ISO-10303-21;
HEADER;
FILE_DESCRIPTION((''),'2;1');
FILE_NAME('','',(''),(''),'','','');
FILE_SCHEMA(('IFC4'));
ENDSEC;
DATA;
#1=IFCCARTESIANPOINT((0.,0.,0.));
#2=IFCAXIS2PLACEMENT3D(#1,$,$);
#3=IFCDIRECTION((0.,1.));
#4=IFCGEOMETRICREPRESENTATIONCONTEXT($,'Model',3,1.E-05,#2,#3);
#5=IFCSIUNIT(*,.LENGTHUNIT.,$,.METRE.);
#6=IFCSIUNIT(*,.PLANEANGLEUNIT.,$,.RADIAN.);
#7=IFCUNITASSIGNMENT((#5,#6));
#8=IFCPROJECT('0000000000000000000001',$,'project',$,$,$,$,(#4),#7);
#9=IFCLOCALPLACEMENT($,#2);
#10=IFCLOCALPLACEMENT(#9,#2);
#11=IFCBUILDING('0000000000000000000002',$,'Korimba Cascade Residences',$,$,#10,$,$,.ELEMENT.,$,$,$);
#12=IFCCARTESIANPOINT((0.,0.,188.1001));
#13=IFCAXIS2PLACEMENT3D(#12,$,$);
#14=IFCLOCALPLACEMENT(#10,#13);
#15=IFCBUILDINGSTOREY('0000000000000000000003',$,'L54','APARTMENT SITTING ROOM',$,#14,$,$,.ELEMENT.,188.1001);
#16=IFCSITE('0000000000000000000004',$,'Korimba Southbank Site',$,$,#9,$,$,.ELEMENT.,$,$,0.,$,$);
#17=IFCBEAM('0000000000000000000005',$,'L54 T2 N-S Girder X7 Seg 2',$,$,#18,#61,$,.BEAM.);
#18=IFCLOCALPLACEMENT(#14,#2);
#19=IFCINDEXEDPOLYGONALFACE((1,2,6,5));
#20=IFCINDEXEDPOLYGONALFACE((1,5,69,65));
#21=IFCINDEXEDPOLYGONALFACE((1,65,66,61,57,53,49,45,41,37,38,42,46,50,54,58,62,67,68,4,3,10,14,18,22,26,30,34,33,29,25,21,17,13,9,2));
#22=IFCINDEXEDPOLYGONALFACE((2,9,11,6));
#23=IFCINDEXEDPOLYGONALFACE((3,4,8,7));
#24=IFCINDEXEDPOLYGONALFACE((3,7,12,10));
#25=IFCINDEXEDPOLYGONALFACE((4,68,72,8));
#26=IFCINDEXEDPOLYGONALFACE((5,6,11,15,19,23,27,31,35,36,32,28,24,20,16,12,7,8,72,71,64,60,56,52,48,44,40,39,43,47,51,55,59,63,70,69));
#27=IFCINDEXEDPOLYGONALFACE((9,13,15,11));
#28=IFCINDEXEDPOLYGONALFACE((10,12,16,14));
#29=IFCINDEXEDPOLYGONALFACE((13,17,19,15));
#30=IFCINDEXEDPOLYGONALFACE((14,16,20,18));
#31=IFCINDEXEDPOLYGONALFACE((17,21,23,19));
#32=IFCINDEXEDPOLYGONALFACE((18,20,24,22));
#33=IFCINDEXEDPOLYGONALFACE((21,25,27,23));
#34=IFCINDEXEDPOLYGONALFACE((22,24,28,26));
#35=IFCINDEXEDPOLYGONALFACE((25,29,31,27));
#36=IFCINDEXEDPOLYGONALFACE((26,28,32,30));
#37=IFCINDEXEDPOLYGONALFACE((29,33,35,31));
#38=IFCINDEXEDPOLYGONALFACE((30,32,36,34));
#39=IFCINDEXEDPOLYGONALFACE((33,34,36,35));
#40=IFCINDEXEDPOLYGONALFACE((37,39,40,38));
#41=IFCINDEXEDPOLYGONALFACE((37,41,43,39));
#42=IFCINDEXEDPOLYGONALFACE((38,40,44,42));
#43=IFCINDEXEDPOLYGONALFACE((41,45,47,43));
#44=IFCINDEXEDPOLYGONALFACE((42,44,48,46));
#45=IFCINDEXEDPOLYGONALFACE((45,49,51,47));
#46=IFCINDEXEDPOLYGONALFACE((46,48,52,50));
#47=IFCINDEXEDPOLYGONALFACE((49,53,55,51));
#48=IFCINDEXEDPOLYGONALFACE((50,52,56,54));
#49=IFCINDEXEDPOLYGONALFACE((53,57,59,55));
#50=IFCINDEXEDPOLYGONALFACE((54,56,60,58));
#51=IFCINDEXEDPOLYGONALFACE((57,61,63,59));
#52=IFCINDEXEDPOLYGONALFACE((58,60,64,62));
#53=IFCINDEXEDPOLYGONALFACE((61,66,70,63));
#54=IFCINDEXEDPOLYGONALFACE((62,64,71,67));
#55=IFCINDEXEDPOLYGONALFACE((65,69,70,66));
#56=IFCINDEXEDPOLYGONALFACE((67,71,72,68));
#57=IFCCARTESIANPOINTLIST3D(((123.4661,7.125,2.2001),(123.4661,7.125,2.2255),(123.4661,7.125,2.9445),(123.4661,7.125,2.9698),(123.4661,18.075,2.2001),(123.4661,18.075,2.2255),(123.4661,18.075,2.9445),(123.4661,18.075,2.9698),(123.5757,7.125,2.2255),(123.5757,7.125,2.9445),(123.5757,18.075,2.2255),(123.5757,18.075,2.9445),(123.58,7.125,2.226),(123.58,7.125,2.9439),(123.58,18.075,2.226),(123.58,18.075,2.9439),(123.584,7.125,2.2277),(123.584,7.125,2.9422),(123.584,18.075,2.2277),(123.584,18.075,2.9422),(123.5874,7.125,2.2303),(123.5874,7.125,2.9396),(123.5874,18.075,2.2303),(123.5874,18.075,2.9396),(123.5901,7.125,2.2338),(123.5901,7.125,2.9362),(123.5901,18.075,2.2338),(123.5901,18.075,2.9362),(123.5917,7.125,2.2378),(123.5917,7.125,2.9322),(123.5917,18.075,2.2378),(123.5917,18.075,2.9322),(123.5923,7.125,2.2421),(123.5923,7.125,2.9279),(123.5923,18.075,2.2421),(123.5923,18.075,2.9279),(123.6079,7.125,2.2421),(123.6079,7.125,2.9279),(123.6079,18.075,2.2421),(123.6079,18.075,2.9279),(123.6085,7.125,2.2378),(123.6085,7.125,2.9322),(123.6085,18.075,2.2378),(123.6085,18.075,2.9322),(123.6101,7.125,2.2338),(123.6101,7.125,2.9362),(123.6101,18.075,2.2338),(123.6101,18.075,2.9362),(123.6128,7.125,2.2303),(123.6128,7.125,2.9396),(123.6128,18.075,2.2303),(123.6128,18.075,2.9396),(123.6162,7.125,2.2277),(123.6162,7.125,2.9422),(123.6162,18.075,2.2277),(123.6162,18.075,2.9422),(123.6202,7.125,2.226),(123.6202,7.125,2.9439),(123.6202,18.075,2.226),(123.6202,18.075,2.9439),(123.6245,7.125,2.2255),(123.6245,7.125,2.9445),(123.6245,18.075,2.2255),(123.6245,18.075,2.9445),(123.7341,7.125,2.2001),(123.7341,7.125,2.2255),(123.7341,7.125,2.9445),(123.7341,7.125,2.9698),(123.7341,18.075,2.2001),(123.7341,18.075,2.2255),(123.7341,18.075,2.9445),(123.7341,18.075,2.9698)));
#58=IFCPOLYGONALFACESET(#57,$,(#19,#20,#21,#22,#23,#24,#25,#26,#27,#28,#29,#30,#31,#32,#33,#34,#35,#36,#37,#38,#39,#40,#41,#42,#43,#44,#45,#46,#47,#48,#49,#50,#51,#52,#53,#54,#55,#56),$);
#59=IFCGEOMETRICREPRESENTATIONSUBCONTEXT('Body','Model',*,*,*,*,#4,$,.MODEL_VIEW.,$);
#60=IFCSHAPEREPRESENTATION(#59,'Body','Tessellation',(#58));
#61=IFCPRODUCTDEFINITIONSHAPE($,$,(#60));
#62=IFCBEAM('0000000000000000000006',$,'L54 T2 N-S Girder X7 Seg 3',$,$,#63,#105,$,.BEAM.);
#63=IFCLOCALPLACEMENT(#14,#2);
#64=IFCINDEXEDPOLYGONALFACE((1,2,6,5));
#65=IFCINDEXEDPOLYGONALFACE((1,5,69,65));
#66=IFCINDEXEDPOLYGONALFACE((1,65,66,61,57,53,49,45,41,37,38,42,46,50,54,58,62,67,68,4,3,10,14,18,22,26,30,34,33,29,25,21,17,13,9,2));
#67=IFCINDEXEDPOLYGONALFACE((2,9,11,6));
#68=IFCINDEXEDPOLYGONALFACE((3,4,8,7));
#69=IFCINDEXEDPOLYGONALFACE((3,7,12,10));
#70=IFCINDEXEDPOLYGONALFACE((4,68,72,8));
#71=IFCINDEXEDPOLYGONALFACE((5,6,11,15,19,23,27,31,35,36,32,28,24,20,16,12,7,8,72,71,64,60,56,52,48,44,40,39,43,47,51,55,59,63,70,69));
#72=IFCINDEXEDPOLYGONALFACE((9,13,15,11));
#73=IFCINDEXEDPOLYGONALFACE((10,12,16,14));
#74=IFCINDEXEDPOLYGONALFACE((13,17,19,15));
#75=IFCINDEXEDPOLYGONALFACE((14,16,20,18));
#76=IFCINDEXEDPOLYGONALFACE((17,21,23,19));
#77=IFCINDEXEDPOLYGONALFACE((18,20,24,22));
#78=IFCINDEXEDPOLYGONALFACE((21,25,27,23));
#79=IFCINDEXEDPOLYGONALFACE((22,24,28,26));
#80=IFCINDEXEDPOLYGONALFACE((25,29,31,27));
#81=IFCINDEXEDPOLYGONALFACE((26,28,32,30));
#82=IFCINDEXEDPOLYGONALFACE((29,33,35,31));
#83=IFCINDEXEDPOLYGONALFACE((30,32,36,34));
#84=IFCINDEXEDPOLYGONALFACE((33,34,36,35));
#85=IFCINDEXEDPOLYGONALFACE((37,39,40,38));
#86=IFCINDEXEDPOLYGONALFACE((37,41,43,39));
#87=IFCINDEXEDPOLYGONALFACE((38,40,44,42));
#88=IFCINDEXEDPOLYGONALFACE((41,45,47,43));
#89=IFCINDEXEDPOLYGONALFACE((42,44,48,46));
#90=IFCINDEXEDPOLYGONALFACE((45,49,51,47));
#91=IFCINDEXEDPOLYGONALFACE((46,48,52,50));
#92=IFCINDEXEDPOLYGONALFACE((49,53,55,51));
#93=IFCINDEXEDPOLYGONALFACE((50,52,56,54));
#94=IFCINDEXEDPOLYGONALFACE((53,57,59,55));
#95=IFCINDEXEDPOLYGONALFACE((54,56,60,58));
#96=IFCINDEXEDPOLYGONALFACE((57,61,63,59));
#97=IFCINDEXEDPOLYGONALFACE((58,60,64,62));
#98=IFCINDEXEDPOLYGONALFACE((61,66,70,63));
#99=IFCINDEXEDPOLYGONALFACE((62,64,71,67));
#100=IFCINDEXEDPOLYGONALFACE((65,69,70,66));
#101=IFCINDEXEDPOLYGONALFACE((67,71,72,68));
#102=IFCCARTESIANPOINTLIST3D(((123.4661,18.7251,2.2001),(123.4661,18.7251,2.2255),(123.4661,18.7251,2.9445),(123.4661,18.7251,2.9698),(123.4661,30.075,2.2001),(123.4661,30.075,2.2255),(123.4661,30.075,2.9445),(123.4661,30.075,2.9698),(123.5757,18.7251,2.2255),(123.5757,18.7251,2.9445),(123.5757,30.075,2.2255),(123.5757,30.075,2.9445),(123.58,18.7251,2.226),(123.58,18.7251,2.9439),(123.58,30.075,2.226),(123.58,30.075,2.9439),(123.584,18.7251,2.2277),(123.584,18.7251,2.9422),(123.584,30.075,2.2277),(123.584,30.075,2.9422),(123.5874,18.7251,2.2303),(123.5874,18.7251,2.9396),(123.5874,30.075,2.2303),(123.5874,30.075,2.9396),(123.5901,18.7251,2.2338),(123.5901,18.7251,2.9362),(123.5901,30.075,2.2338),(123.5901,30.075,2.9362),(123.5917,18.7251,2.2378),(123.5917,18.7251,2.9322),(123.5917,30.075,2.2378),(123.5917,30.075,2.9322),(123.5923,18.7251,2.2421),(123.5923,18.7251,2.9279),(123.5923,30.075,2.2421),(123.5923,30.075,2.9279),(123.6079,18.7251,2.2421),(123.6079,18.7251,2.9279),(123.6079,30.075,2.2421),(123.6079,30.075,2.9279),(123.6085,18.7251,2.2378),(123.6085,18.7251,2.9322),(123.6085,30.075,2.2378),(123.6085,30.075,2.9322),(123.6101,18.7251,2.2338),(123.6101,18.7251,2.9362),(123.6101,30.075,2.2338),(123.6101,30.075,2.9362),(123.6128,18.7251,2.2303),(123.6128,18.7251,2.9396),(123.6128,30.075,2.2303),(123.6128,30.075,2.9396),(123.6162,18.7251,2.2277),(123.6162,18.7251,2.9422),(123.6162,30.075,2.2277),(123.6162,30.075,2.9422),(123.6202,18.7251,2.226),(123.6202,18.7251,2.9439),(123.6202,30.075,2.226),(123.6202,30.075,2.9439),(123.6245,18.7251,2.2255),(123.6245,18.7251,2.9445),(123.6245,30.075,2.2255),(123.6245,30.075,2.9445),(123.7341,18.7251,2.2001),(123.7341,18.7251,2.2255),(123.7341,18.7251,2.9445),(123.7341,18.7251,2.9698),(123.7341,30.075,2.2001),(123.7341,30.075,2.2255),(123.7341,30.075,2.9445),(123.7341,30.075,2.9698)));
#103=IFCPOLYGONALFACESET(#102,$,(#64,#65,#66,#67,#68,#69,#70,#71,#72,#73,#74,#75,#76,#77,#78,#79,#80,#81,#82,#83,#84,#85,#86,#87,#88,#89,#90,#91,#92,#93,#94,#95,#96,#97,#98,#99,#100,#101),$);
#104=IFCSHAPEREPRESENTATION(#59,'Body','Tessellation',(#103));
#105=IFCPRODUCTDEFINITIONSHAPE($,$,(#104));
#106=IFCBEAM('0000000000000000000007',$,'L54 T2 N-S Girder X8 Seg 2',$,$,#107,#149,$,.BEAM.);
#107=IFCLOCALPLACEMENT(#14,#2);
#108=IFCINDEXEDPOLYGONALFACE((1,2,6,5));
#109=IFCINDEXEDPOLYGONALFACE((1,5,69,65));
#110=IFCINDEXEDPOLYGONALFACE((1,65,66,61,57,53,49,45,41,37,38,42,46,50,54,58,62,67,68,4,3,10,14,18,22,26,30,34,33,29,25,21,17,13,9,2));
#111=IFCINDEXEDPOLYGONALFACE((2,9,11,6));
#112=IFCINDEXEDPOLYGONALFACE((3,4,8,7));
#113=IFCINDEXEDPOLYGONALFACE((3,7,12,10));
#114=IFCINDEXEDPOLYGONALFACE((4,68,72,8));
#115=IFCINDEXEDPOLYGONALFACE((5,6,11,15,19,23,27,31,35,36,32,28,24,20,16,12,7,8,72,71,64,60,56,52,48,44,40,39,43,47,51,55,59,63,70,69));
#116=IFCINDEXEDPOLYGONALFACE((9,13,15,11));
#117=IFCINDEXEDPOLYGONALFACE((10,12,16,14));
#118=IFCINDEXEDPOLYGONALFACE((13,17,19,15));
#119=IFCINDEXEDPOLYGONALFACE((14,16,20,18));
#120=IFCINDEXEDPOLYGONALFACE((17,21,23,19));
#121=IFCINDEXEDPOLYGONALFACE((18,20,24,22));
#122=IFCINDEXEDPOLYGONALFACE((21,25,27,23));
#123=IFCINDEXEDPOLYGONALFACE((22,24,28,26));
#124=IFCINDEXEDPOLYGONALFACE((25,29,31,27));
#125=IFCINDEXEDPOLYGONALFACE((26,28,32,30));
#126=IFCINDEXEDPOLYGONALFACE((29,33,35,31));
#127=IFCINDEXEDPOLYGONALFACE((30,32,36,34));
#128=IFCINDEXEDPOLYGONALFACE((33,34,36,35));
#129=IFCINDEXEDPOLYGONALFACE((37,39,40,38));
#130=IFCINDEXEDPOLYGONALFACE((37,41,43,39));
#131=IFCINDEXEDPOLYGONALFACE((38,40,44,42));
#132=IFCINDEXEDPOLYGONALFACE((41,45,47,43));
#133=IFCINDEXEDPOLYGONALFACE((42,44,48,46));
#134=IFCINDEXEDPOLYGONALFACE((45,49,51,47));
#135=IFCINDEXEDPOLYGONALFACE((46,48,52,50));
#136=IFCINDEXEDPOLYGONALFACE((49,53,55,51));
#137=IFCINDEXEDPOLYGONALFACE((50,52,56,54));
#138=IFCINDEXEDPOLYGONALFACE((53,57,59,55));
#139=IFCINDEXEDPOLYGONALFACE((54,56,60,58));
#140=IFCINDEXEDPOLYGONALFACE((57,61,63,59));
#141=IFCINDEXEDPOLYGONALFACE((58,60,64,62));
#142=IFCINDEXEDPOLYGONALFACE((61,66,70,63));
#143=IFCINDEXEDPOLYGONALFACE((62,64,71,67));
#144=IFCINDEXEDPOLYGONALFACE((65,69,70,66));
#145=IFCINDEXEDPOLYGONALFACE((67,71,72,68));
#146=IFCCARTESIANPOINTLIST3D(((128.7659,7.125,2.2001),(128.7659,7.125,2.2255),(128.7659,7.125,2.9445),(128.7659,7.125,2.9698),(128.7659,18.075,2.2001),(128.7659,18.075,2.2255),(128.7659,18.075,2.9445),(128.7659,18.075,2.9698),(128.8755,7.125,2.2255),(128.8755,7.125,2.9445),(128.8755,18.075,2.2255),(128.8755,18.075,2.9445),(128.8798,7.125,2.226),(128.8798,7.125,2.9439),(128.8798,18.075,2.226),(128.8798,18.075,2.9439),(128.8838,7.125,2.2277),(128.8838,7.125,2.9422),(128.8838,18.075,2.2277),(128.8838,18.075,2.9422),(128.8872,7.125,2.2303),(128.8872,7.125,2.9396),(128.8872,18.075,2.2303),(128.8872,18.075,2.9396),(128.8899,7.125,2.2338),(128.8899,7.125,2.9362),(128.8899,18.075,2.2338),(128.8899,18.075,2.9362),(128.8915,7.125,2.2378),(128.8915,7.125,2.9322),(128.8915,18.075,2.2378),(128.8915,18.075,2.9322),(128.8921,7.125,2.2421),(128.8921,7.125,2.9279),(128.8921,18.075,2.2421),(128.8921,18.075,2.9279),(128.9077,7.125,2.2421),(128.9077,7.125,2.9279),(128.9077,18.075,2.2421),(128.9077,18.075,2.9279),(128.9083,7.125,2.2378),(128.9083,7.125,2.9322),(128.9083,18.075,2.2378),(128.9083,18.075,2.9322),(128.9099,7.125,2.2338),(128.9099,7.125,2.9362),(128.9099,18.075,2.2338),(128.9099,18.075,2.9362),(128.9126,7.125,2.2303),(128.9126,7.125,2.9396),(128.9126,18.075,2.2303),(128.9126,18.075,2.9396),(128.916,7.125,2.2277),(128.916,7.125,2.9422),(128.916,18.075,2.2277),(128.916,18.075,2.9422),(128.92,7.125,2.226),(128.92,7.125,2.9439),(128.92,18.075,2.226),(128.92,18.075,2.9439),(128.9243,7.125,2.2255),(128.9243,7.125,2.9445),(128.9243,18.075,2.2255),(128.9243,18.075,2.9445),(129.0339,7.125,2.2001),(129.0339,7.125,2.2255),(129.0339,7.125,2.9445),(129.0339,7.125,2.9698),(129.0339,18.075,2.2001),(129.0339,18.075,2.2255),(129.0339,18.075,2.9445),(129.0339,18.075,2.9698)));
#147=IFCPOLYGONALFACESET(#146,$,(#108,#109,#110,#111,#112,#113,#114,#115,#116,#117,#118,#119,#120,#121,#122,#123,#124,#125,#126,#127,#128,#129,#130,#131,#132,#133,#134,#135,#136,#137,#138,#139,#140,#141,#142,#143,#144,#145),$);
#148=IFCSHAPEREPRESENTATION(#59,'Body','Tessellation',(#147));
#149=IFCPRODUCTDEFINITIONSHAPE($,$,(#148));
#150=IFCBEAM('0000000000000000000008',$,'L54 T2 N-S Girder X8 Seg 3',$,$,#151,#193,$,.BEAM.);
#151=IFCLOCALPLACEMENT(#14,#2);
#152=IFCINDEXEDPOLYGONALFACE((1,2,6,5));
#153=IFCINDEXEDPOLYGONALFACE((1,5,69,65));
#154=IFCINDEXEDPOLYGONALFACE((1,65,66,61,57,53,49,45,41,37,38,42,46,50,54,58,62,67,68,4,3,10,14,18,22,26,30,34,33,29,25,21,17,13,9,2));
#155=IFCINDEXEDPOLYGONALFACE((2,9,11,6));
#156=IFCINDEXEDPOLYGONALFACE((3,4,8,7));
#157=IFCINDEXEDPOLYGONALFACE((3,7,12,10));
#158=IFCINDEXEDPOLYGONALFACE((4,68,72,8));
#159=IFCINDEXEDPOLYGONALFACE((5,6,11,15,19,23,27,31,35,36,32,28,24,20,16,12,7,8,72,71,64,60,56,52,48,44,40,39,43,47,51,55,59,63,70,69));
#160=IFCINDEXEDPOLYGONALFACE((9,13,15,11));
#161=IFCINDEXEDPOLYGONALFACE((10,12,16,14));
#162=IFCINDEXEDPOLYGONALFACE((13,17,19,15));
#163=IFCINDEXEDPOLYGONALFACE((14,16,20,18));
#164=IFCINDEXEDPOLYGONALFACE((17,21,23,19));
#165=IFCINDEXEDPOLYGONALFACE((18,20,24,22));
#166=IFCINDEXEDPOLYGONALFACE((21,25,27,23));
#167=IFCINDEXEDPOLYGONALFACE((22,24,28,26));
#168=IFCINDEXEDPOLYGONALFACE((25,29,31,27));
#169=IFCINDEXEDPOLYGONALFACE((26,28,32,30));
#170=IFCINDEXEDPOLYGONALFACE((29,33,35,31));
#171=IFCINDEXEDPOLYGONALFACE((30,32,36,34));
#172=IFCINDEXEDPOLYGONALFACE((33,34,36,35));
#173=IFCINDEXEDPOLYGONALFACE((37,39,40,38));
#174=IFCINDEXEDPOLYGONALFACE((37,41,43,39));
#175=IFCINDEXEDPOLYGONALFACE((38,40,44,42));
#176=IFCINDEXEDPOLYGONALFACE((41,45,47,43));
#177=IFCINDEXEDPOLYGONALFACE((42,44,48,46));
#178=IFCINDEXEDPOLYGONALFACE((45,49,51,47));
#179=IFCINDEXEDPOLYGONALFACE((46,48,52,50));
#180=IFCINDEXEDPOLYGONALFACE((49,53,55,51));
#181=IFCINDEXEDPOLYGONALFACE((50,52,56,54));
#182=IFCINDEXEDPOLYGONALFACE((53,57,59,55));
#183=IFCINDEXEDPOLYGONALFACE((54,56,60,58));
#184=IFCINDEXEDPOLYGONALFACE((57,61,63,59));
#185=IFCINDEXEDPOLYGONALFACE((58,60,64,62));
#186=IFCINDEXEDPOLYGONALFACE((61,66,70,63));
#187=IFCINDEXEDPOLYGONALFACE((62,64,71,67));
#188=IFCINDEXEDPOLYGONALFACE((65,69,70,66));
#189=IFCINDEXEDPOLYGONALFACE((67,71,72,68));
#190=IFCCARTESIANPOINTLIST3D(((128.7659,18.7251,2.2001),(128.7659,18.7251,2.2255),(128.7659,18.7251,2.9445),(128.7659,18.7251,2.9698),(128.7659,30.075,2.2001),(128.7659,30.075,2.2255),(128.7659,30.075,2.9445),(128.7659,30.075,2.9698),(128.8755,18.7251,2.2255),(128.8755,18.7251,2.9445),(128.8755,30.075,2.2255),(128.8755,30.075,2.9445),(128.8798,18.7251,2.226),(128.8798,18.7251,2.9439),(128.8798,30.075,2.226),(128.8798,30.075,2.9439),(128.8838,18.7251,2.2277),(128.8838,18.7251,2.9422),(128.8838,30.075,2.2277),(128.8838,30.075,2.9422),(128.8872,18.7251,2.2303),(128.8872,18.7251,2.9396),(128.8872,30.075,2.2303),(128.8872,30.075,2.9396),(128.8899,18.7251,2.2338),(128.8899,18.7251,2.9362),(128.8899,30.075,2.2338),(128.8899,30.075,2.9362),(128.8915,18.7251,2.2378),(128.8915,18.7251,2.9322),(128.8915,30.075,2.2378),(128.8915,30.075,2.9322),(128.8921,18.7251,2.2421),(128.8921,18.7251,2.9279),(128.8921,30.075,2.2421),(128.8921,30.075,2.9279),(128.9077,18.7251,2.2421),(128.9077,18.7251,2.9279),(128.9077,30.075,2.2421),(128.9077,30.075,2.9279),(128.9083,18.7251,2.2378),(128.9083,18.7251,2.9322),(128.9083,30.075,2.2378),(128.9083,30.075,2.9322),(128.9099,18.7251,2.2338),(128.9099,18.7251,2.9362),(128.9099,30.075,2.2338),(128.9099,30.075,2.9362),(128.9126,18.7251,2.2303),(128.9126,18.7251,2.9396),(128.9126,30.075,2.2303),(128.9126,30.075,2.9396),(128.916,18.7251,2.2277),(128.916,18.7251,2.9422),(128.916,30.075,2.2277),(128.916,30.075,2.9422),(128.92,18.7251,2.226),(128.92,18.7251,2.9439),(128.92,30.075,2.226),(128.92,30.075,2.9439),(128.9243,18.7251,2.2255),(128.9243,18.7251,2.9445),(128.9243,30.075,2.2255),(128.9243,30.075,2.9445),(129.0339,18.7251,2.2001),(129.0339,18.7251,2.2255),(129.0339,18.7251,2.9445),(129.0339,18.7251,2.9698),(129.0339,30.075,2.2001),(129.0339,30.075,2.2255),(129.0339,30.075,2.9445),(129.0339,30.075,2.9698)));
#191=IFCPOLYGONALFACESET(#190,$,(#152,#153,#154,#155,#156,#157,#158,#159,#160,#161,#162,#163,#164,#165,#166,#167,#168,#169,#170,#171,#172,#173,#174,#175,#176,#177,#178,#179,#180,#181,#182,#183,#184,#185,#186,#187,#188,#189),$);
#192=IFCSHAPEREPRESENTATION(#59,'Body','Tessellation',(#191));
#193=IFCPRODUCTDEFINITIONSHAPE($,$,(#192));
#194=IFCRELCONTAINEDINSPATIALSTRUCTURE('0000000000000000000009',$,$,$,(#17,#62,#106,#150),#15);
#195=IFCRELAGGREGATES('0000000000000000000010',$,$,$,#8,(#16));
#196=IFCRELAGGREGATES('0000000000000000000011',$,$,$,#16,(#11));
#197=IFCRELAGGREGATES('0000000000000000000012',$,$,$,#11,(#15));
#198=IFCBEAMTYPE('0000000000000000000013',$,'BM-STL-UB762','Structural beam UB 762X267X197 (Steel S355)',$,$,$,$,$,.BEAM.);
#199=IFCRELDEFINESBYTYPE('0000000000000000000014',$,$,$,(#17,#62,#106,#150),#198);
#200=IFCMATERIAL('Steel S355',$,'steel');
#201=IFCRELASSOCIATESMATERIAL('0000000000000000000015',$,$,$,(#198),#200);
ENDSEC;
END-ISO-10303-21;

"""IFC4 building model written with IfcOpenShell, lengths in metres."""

from ifc_helpers import new_model, si_unit, direction, frame, origin, origin_2d, place, context, subcontext, project, spatial, i_section, extrude, material, material_profile, profile_set, type_object, element, save


model = new_model("IFC4")

# Units and contexts
model_context = context("Model", 3, precision=1e-05, world=origin(), true_north=direction((0.0, 1.0)))
body_context = subcontext(model_context, "Body", "Model", "MODEL_VIEW")
ifc_project = project(units=[si_unit("LENGTHUNIT", "METRE"), si_unit("PLANEANGLEUNIT", "RADIAN")], contexts=[model_context])

# Site, building, storey
site_placement = place(None, origin())
site = spatial("IfcSite", under=ifc_project, at=site_placement, Name="Korimba Southbank Site", CompositionType="ELEMENT", RefElevation=0.0)
building_placement = place(site_placement, origin())
building = spatial("IfcBuilding", under=site, at=building_placement, Name="Korimba Cascade Residences", CompositionType="ELEMENT")
storey_placement = place(building_placement, frame((0.0, 0.0, 188.1001)))
storey = spatial("IfcBuildingStorey", under=building, at=storey_placement, Name="L54", Description="APARTMENT SITTING ROOM", CompositionType="ELEMENT", Elevation=188.1001)

# Beams
ifc_material_1 = material(Name="Steel S355", Category="steel")
ifc_material_profile_1 = material_profile(ifc_material_1, i_section(OverallWidth=0.2681, OverallDepth=0.7698, WebThickness=0.0156, FlangeThickness=0.0254, FilletRadius=0.0166, at=origin_2d()), Name="Steel S355")
ifc_profile_set_1 = profile_set([ifc_material_profile_1], Name="Steel S355")
beam_type_1 = type_object("IfcBeamType", Name="BM-STL-UB762", Description="Structural beam UB 762X267X197 (Steel S355)", PredefinedType="BEAM", material=ifc_profile_set_1)
for number, where, z_axis, x_axis, name in (
    (1, (123.6001, 7.125, 2.585), (0.0, 1.0, 0.0), (-1.0, 0.0, 0.0), "L54 T2 N-S Girder X7 Seg 2"),
):
    element("IfcBeam", number, at=place(storey_placement, frame(where, z_axis=z_axis, x_axis=x_axis)), inside=storey, type_object=beam_type_1, Name=name, PredefinedType="BEAM", context=body_context, shape_type="SweptSolid", body=[
        extrude(i_section(OverallWidth=0.2681, OverallDepth=0.7698, WebThickness=0.0156, FlangeThickness=0.0254, FilletRadius=0.0166, at=origin_2d()), origin(), (0.0, 0.0, 1.0), 10.95),
    ])
beam_1_placement = place(storey_placement, frame((123.6001, 18.7251, 2.585), z_axis=(0.0, 1.0, 0.0), x_axis=(-1.0, 0.0, 0.0)))
element("IfcBeam", 2, at=beam_1_placement, inside=storey, type_object=beam_type_1, Name="L54 T2 N-S Girder X7 Seg 3", PredefinedType="BEAM", context=body_context, shape_type="SweptSolid", body=[
    extrude(i_section(OverallWidth=0.2681, OverallDepth=0.7698, WebThickness=0.0156, FlangeThickness=0.0254, FilletRadius=0.0166, at=origin_2d()), origin(), (0.0, 0.0, 1.0), 11.3499),
])
beam_2_placement = place(storey_placement, frame((128.8999, 7.125, 2.585), z_axis=(0.0, 1.0, 0.0), x_axis=(-1.0, 0.0, 0.0)))
element("IfcBeam", 3, at=beam_2_placement, inside=storey, type_object=beam_type_1, Name="L54 T2 N-S Girder X8 Seg 2", PredefinedType="BEAM", context=body_context, shape_type="SweptSolid", body=[
    extrude(i_section(OverallWidth=0.2681, OverallDepth=0.7698, WebThickness=0.0156, FlangeThickness=0.0254, FilletRadius=0.0166, at=origin_2d()), origin(), (0.0, 0.0, 1.0), 10.95),
])
beam_3_placement = place(storey_placement, frame((128.8999, 18.7251, 2.585), z_axis=(0.0, 1.0, 0.0), x_axis=(-1.0, 0.0, 0.0)))
element("IfcBeam", 4, at=beam_3_placement, inside=storey, type_object=beam_type_1, Name="L54 T2 N-S Girder X8 Seg 3", PredefinedType="BEAM", context=body_context, shape_type="SweptSolid", body=[
    extrude(i_section(OverallWidth=0.2681, OverallDepth=0.7698, WebThickness=0.0156, FlangeThickness=0.0254, FilletRadius=0.0166, at=origin_2d()), origin(), (0.0, 0.0, 1.0), 11.3499),
])

save(model, "model.ifc")
